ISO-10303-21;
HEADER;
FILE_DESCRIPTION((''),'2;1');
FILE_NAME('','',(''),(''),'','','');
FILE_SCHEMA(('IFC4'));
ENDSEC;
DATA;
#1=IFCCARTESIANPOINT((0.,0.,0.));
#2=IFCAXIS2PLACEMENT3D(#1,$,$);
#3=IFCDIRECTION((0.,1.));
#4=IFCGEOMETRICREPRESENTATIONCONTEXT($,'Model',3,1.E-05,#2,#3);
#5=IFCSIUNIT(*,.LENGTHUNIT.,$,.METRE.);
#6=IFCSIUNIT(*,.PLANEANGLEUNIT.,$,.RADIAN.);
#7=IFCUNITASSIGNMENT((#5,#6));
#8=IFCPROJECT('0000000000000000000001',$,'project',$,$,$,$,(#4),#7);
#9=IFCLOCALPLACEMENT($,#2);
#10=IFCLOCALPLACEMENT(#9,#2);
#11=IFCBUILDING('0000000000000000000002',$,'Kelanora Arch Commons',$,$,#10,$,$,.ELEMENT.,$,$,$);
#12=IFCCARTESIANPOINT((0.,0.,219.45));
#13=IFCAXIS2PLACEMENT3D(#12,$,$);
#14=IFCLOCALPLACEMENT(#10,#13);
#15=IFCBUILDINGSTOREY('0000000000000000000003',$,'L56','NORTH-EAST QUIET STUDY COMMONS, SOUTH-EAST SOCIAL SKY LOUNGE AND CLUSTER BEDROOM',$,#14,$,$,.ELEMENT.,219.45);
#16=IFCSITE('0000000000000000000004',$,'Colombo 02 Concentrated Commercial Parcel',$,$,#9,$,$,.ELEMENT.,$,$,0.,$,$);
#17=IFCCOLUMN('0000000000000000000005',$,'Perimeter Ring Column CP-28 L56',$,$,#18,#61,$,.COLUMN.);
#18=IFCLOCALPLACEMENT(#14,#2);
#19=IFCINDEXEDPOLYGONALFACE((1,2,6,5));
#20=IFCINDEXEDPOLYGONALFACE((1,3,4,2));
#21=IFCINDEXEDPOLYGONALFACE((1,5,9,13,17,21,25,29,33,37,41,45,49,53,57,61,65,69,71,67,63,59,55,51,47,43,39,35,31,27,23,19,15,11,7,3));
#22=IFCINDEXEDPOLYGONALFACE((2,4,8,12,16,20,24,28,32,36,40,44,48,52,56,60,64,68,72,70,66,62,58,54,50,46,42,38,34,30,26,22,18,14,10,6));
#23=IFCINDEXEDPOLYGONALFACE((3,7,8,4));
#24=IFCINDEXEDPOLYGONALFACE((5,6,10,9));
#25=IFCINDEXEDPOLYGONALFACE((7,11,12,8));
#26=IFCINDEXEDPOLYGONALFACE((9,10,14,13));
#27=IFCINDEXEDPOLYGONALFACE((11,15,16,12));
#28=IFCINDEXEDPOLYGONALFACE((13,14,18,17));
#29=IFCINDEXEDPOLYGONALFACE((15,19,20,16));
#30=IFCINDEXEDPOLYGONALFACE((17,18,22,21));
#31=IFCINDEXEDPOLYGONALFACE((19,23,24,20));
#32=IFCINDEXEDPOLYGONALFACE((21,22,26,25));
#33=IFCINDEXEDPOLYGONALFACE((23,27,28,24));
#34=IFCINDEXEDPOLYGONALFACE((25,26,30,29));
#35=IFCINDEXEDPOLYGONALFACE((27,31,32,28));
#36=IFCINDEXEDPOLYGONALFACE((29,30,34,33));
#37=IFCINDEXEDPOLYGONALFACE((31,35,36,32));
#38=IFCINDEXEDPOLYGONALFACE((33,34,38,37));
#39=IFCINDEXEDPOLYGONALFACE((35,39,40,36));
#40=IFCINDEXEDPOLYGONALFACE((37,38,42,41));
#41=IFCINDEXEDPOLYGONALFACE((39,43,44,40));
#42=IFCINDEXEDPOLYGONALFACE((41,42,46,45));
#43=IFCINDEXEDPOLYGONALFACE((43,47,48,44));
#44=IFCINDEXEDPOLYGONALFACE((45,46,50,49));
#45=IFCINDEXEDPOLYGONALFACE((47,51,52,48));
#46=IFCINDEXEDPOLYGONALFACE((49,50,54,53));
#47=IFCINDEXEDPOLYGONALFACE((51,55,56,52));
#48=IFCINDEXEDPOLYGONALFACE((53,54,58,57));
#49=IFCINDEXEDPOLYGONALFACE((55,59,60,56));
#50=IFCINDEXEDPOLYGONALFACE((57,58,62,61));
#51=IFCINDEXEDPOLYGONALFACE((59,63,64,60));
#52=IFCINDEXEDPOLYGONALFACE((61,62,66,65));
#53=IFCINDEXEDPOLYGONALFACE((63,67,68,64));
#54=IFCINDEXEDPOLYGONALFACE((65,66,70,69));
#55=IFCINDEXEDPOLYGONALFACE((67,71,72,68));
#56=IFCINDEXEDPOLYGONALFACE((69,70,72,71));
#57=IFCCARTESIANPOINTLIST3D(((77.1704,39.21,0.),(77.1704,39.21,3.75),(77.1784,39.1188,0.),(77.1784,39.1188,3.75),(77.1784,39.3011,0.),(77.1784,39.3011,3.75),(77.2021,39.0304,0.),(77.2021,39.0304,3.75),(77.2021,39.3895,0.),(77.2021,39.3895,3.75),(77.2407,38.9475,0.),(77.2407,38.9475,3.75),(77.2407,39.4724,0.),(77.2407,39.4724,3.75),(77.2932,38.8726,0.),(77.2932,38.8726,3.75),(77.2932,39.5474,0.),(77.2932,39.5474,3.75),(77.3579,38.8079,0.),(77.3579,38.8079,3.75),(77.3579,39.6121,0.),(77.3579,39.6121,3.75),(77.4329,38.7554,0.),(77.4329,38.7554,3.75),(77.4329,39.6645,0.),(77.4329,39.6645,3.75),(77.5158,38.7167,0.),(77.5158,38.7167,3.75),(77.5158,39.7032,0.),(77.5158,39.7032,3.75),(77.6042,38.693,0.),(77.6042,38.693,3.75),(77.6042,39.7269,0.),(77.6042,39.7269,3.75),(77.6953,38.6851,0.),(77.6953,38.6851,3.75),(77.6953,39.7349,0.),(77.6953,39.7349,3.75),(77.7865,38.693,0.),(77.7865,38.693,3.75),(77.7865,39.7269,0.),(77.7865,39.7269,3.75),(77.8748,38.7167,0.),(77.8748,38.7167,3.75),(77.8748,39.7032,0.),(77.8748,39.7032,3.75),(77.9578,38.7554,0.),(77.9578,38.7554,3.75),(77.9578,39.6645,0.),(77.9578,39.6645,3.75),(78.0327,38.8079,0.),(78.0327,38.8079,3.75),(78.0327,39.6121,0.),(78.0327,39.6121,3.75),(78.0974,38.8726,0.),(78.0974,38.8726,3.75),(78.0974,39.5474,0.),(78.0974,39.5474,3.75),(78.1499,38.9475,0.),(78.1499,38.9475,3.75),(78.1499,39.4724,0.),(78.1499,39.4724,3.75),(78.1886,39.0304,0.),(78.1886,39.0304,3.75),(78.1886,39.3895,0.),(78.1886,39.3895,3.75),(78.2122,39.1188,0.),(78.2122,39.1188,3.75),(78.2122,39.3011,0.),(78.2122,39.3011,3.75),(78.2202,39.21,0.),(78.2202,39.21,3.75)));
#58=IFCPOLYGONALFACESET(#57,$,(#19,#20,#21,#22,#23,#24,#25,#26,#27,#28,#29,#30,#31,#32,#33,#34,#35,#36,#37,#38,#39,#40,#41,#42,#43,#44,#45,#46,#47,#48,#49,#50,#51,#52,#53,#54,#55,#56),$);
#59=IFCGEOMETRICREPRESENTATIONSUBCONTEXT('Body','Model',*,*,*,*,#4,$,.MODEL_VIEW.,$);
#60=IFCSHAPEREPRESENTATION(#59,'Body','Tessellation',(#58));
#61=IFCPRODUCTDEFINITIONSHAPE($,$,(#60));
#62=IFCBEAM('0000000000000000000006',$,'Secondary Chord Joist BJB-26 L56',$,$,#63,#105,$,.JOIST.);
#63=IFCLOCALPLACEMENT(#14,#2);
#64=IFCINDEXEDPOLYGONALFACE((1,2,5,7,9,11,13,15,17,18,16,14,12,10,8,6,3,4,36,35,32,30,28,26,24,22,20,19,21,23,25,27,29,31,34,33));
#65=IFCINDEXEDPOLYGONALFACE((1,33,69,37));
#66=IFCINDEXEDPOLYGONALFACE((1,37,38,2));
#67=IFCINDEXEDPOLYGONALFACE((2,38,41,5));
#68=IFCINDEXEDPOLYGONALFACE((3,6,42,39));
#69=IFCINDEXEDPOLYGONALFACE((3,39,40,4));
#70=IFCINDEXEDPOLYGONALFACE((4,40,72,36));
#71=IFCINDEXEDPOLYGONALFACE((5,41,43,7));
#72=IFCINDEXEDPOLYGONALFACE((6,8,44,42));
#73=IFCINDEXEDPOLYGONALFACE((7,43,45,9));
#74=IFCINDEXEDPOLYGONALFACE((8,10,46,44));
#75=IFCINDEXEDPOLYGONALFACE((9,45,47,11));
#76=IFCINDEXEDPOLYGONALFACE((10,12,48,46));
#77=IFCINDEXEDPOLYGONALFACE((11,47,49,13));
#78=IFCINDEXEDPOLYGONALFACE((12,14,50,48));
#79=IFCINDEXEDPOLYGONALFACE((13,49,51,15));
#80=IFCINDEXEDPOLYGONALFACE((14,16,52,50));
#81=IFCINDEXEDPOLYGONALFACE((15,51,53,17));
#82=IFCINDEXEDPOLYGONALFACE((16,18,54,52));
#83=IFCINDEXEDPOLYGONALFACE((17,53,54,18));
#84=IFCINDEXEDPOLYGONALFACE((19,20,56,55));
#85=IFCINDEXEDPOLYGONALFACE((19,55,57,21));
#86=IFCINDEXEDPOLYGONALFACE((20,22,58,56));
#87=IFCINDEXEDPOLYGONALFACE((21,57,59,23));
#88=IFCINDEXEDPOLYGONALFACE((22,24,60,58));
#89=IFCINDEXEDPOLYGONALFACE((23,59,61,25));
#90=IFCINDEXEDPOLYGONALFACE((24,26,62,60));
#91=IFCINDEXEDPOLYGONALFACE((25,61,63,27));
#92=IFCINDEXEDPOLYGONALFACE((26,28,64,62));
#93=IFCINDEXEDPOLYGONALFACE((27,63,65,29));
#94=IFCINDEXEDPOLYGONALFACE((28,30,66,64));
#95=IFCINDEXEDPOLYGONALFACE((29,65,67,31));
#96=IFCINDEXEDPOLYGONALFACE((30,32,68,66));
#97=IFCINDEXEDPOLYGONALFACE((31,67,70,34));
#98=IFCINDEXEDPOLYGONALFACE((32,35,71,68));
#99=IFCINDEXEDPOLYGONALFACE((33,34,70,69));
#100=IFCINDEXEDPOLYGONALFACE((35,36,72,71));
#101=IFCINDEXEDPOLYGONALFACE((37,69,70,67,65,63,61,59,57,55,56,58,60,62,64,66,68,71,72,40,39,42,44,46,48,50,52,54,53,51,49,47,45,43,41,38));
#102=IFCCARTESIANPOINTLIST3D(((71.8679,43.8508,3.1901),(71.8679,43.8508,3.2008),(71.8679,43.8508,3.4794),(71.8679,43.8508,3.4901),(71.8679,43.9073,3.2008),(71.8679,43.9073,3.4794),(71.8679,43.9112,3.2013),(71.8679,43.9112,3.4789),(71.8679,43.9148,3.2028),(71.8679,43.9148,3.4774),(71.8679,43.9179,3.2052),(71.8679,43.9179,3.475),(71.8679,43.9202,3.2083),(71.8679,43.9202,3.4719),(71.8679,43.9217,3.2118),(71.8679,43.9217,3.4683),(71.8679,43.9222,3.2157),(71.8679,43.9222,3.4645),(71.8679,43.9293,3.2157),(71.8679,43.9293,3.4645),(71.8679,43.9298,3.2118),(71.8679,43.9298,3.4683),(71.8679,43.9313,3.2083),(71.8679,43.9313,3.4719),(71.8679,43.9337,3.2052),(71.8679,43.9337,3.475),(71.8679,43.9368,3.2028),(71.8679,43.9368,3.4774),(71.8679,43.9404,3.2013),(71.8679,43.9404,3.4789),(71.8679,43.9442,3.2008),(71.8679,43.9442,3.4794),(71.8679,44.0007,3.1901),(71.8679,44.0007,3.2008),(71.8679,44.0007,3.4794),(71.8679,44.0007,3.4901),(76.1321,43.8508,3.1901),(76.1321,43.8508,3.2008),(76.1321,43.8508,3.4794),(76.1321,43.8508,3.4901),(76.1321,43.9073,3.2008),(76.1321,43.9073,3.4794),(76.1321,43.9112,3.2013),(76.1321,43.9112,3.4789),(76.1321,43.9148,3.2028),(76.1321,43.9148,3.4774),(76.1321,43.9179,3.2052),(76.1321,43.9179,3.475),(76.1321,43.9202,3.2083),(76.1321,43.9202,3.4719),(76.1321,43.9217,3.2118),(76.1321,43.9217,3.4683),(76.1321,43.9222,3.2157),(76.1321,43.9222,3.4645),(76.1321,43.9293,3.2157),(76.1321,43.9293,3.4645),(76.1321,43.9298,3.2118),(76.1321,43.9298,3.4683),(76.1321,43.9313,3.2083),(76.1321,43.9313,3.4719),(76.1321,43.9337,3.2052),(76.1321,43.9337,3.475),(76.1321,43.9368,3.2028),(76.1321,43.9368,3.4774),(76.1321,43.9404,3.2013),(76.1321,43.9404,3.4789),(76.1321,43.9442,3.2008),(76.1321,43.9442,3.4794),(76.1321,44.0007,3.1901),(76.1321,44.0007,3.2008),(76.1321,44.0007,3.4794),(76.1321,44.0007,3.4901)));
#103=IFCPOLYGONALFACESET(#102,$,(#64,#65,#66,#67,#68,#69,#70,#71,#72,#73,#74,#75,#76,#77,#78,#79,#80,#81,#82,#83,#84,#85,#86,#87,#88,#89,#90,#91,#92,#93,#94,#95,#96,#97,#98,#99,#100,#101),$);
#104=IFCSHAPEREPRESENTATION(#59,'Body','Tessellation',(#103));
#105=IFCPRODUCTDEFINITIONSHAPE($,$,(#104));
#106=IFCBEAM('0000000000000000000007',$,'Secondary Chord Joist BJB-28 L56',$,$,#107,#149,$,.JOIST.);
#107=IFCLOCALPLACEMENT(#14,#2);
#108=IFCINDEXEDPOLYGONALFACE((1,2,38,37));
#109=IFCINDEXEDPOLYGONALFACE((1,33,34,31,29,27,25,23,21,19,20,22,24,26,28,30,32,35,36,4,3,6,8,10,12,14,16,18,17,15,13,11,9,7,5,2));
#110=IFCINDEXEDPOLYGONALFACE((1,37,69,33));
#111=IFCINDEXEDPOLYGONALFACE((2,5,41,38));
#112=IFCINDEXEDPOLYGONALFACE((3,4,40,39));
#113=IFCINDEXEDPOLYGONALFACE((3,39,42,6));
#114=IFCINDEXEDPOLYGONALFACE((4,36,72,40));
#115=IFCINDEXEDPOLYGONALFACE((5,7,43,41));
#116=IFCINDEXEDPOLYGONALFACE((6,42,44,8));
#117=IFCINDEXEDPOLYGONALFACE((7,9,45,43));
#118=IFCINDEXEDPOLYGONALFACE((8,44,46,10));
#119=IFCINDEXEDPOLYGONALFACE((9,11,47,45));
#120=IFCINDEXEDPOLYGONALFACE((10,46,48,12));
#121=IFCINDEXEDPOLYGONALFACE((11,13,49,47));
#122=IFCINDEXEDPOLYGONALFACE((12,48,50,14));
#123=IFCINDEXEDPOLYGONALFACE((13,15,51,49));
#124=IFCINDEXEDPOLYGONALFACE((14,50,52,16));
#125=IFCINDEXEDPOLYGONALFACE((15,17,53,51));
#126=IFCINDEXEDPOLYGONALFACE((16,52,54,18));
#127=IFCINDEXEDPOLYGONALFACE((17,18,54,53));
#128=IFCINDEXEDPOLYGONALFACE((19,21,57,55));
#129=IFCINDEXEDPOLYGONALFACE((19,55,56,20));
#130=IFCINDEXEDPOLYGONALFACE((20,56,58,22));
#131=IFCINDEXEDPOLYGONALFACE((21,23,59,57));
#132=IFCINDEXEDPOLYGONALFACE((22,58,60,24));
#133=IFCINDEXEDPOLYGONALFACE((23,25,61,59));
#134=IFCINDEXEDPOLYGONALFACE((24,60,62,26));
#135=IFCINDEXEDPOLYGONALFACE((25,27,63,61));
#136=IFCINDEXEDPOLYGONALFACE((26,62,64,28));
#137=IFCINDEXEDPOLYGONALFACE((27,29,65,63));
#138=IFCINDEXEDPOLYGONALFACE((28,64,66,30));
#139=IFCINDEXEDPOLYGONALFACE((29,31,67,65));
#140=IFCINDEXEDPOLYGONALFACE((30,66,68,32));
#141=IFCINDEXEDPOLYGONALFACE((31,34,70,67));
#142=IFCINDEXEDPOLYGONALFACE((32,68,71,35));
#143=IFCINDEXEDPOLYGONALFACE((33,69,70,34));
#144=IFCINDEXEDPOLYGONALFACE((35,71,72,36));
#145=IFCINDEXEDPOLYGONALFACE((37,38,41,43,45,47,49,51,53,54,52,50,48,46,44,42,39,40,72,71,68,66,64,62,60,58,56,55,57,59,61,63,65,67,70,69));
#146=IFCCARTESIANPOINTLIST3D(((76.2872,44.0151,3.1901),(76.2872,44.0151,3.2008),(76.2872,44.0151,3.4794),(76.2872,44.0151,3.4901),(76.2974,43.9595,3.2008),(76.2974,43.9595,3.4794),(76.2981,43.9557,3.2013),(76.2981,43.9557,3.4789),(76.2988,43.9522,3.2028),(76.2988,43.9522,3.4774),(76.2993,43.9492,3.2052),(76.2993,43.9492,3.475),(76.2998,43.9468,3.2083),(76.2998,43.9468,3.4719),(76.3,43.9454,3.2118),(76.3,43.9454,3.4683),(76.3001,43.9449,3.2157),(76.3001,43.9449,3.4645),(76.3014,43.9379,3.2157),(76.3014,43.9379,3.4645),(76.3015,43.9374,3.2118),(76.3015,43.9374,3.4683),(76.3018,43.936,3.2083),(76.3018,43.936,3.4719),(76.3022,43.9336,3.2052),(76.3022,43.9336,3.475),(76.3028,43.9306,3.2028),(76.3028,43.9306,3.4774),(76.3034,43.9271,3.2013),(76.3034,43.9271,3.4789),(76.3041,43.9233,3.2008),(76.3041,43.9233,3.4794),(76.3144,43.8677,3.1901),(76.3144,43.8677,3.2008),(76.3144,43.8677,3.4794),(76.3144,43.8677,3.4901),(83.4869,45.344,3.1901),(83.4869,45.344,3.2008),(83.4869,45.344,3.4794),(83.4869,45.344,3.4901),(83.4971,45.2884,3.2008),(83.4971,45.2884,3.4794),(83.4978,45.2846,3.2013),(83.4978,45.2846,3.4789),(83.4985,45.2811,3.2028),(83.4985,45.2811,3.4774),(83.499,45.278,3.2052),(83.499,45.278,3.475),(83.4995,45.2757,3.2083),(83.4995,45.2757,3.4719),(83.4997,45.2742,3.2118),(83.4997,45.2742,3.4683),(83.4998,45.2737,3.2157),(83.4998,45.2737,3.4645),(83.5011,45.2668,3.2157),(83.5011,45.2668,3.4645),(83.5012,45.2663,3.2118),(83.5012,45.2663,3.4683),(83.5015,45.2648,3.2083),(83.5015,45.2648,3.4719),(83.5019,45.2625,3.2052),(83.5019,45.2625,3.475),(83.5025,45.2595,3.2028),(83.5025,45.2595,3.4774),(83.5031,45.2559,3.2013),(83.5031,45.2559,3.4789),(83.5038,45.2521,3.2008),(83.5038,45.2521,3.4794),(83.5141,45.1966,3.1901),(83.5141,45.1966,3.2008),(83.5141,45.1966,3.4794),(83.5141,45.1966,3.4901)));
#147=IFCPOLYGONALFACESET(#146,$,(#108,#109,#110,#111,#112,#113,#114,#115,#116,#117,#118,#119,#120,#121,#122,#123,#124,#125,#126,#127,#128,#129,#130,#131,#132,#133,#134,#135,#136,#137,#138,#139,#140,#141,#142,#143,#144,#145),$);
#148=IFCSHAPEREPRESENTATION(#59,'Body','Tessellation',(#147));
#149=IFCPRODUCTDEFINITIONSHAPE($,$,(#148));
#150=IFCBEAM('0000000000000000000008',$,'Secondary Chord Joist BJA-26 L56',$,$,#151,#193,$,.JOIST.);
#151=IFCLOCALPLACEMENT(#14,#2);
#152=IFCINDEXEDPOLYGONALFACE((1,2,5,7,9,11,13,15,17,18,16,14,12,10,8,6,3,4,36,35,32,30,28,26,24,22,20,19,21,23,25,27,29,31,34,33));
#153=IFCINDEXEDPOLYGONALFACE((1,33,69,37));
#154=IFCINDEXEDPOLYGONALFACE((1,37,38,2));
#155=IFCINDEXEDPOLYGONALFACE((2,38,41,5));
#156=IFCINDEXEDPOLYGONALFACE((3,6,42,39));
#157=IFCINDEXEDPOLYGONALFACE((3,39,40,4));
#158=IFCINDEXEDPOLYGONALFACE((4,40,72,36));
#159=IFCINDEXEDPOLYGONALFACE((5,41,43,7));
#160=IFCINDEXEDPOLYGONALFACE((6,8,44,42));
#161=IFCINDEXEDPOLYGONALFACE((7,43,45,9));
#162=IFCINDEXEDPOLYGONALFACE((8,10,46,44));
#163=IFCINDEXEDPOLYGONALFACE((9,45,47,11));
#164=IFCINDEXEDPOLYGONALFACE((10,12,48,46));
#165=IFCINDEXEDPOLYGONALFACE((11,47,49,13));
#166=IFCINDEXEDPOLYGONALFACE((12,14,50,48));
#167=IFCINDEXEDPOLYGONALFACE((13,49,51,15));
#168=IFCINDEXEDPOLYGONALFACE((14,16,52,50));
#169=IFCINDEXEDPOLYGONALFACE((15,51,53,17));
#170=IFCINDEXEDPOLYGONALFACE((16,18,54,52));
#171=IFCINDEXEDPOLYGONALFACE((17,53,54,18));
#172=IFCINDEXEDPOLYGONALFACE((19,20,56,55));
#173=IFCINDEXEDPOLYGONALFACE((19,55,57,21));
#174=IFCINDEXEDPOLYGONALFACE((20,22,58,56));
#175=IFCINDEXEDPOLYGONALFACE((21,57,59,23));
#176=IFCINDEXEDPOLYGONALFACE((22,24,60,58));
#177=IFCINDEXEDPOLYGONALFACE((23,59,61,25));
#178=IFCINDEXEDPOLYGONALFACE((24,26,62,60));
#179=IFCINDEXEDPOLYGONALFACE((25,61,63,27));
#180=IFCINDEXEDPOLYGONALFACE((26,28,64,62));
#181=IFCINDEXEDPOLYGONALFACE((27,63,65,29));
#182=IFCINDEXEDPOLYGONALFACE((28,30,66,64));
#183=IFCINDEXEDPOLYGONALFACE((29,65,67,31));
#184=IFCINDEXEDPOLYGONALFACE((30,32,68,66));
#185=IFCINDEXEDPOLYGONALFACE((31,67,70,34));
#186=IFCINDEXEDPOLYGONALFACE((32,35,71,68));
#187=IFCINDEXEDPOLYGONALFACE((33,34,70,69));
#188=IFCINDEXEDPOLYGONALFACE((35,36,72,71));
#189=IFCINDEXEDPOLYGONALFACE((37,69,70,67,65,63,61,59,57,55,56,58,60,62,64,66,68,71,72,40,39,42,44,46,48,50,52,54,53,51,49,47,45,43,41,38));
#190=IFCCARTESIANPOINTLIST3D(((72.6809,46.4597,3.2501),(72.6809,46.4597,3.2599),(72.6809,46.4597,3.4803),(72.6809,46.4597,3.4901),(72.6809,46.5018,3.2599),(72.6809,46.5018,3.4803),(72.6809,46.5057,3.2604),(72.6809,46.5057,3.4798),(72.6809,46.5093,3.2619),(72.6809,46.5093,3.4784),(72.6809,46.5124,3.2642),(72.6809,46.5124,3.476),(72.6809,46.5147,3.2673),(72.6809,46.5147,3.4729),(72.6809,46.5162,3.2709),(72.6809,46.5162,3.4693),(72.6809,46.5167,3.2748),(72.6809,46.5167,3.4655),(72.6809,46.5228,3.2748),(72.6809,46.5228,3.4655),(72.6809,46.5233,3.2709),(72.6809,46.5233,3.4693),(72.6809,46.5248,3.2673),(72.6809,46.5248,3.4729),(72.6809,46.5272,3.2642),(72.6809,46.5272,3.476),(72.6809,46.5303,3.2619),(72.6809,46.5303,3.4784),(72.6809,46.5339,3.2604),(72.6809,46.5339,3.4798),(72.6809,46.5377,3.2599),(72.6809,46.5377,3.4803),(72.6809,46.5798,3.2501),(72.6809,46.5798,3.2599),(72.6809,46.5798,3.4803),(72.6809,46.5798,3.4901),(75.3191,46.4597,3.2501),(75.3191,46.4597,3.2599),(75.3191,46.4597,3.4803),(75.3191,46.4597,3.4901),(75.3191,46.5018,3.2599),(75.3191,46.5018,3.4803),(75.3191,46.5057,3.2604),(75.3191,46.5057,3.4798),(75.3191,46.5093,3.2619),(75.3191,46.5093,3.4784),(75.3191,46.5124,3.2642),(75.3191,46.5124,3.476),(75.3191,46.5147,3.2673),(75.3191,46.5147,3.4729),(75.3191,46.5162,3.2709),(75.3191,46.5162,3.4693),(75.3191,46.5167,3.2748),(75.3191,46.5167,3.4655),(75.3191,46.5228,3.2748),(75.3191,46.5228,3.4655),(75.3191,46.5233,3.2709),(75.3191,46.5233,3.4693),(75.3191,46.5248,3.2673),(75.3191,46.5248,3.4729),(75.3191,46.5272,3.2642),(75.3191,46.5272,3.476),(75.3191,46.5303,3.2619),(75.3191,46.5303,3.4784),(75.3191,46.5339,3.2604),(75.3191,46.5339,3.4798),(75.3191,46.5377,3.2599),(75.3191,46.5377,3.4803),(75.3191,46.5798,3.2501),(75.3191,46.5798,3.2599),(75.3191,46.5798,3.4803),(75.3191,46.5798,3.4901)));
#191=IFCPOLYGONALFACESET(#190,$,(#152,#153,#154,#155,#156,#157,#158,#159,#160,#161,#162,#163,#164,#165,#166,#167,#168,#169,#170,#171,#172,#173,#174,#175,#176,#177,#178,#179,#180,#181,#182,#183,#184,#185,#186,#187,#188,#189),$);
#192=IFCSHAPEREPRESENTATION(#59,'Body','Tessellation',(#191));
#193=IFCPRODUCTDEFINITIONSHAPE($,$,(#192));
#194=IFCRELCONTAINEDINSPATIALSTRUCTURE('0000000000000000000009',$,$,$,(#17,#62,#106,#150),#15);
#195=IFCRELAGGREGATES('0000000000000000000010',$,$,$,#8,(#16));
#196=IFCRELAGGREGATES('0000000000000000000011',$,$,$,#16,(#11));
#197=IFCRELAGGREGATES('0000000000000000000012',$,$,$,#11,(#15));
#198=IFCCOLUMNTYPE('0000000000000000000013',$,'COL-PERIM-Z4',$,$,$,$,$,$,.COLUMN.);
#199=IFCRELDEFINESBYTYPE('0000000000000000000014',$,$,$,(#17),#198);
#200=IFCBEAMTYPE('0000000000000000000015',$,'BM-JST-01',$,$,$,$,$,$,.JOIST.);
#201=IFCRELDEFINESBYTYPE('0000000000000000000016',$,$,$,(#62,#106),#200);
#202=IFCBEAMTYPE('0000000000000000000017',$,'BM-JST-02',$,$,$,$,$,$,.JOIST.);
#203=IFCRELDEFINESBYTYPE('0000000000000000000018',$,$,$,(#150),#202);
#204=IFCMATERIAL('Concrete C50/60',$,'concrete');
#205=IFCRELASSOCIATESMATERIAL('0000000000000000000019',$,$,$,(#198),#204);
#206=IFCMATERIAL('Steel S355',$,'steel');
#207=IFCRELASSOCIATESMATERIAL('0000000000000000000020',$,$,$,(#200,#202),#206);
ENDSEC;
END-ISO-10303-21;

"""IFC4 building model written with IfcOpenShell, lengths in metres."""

from ifc_helpers import new_model, si_unit, direction, frame, origin, origin_2d, place, context, subcontext, project, spatial, circle, i_section, extrude, material, material_profile, profile_set, type_object, element, save


model = new_model("IFC4")

# Units and contexts
model_context = context("Model", 3, precision=1e-05, world=origin(), true_north=direction((0.0, 1.0)))
body_context = subcontext(model_context, "Body", "Model", "MODEL_VIEW")
ifc_project = project(units=[si_unit("LENGTHUNIT", "METRE"), si_unit("PLANEANGLEUNIT", "RADIAN")], contexts=[model_context])

# Site, building, storey
site_placement = place(None, origin())
site = spatial("IfcSite", under=ifc_project, at=site_placement, Name="Colombo 02 Concentrated Commercial Parcel", CompositionType="ELEMENT", RefElevation=0.0)
building_placement = place(site_placement, origin())
building = spatial("IfcBuilding", under=site, at=building_placement, Name="Kelanora Arch Commons", CompositionType="ELEMENT")
storey_placement = place(building_placement, frame((0.0, 0.0, 219.45)))
storey = spatial("IfcBuildingStorey", under=building, at=storey_placement, Name="L56", Description="NORTH-EAST QUIET STUDY COMMONS, SOUTH-EAST SOCIAL SKY LOUNGE AND CLUSTER BEDROOM", CompositionType="ELEMENT", Elevation=219.45)

# Column
ifc_material_1 = material(Name="Concrete C50/60", Category="concrete")
ifc_material_profile_1 = material_profile(ifc_material_1, circle(Radius=0.5249, at=origin_2d()), Name="RCC1050")
ifc_profile_set_1 = profile_set([ifc_material_profile_1], Name="Concrete C50/60")
column_type = type_object("IfcColumnType", Name="COL-PERIM-Z4", PredefinedType="COLUMN", material=ifc_profile_set_1)
column_placement = place(storey_placement, frame((77.6953, 39.21, 0.0), z_axis=(0.0, 0.0, 1.0), x_axis=(1.0, 0.0, 0.0)))
element("IfcColumn", 1, at=column_placement, inside=storey, type_object=column_type, Name="Perimeter Ring Column CP-28 L56", PredefinedType="COLUMN", context=body_context, shape_type="SweptSolid", body=[
    extrude(circle(Radius=0.5249, at=origin_2d()), origin(), (0.0, 0.0, 1.0), 3.75),
])

# Beams
ifc_material_2 = material(Name="Steel S355", Category="steel")
ifc_material_profile_2 = material_profile(ifc_material_2, i_section(OverallWidth=0.1499, OverallDepth=0.3, WebThickness=0.0071, FlangeThickness=0.0107, FilletRadius=0.0149, at=origin_2d()), Name="IPE300")
ifc_profile_set_2 = profile_set([ifc_material_profile_2], Name="Steel S355")
beam_type_1 = type_object("IfcBeamType", Name="BM-JST-01", PredefinedType="JOIST", material=ifc_profile_set_2)
beam_1_placement = place(storey_placement, frame((71.8679, 43.9258, 3.3401), z_axis=(1.0, 0.0, 0.0), x_axis=(0.0, 1.0, 0.0)))
element("IfcBeam", 2, at=beam_1_placement, inside=storey, type_object=beam_type_1, Name="Secondary Chord Joist BJB-26 L56", PredefinedType="JOIST", context=body_context, shape_type="SweptSolid", body=[
    extrude(i_section(OverallWidth=0.1499, OverallDepth=0.3, WebThickness=0.0071, FlangeThickness=0.0107, FilletRadius=0.0149, at=origin_2d()), origin(), (0.0, 0.0, 1.0), 4.2642),
])
beam_2_placement = place(storey_placement, frame((76.3008, 43.9414, 3.3401), z_axis=(0.98339, 0.181505, 0.0), x_axis=(-0.181505, 0.98339, 0.0)))
element("IfcBeam", 3, at=beam_2_placement, inside=storey, type_object=beam_type_1, Name="Secondary Chord Joist BJB-28 L56", PredefinedType="JOIST", context=body_context, shape_type="SweptSolid", body=[
    extrude(i_section(OverallWidth=0.1499, OverallDepth=0.3, WebThickness=0.0071, FlangeThickness=0.0107, FilletRadius=0.0149, at=origin_2d()), origin(), (0.0, 0.0, 1.0), 7.3213),
])
ifc_material_profile_3 = material_profile(ifc_material_2, i_section(OverallWidth=0.1201, OverallDepth=0.24, WebThickness=0.0061, FlangeThickness=0.0098, FilletRadius=0.0149, at=origin_2d()), Name="IPE240")
ifc_profile_set_3 = profile_set([ifc_material_profile_3], Name="Steel S355")
beam_type_2 = type_object("IfcBeamType", Name="BM-JST-02", PredefinedType="JOIST", material=ifc_profile_set_3)
beam_3_placement = place(storey_placement, frame((72.6809, 46.5198, 3.3701), z_axis=(1.0, 0.0, 0.0), x_axis=(0.0, 1.0, 0.0)))
element("IfcBeam", 4, at=beam_3_placement, inside=storey, type_object=beam_type_2, Name="Secondary Chord Joist BJA-26 L56", PredefinedType="JOIST", context=body_context, shape_type="SweptSolid", body=[
    extrude(i_section(OverallWidth=0.1201, OverallDepth=0.24, WebThickness=0.0061, FlangeThickness=0.0098, FilletRadius=0.0149, at=origin_2d()), origin(), (0.0, 0.0, 1.0), 2.6382),
])

save(model, "model.ifc")
